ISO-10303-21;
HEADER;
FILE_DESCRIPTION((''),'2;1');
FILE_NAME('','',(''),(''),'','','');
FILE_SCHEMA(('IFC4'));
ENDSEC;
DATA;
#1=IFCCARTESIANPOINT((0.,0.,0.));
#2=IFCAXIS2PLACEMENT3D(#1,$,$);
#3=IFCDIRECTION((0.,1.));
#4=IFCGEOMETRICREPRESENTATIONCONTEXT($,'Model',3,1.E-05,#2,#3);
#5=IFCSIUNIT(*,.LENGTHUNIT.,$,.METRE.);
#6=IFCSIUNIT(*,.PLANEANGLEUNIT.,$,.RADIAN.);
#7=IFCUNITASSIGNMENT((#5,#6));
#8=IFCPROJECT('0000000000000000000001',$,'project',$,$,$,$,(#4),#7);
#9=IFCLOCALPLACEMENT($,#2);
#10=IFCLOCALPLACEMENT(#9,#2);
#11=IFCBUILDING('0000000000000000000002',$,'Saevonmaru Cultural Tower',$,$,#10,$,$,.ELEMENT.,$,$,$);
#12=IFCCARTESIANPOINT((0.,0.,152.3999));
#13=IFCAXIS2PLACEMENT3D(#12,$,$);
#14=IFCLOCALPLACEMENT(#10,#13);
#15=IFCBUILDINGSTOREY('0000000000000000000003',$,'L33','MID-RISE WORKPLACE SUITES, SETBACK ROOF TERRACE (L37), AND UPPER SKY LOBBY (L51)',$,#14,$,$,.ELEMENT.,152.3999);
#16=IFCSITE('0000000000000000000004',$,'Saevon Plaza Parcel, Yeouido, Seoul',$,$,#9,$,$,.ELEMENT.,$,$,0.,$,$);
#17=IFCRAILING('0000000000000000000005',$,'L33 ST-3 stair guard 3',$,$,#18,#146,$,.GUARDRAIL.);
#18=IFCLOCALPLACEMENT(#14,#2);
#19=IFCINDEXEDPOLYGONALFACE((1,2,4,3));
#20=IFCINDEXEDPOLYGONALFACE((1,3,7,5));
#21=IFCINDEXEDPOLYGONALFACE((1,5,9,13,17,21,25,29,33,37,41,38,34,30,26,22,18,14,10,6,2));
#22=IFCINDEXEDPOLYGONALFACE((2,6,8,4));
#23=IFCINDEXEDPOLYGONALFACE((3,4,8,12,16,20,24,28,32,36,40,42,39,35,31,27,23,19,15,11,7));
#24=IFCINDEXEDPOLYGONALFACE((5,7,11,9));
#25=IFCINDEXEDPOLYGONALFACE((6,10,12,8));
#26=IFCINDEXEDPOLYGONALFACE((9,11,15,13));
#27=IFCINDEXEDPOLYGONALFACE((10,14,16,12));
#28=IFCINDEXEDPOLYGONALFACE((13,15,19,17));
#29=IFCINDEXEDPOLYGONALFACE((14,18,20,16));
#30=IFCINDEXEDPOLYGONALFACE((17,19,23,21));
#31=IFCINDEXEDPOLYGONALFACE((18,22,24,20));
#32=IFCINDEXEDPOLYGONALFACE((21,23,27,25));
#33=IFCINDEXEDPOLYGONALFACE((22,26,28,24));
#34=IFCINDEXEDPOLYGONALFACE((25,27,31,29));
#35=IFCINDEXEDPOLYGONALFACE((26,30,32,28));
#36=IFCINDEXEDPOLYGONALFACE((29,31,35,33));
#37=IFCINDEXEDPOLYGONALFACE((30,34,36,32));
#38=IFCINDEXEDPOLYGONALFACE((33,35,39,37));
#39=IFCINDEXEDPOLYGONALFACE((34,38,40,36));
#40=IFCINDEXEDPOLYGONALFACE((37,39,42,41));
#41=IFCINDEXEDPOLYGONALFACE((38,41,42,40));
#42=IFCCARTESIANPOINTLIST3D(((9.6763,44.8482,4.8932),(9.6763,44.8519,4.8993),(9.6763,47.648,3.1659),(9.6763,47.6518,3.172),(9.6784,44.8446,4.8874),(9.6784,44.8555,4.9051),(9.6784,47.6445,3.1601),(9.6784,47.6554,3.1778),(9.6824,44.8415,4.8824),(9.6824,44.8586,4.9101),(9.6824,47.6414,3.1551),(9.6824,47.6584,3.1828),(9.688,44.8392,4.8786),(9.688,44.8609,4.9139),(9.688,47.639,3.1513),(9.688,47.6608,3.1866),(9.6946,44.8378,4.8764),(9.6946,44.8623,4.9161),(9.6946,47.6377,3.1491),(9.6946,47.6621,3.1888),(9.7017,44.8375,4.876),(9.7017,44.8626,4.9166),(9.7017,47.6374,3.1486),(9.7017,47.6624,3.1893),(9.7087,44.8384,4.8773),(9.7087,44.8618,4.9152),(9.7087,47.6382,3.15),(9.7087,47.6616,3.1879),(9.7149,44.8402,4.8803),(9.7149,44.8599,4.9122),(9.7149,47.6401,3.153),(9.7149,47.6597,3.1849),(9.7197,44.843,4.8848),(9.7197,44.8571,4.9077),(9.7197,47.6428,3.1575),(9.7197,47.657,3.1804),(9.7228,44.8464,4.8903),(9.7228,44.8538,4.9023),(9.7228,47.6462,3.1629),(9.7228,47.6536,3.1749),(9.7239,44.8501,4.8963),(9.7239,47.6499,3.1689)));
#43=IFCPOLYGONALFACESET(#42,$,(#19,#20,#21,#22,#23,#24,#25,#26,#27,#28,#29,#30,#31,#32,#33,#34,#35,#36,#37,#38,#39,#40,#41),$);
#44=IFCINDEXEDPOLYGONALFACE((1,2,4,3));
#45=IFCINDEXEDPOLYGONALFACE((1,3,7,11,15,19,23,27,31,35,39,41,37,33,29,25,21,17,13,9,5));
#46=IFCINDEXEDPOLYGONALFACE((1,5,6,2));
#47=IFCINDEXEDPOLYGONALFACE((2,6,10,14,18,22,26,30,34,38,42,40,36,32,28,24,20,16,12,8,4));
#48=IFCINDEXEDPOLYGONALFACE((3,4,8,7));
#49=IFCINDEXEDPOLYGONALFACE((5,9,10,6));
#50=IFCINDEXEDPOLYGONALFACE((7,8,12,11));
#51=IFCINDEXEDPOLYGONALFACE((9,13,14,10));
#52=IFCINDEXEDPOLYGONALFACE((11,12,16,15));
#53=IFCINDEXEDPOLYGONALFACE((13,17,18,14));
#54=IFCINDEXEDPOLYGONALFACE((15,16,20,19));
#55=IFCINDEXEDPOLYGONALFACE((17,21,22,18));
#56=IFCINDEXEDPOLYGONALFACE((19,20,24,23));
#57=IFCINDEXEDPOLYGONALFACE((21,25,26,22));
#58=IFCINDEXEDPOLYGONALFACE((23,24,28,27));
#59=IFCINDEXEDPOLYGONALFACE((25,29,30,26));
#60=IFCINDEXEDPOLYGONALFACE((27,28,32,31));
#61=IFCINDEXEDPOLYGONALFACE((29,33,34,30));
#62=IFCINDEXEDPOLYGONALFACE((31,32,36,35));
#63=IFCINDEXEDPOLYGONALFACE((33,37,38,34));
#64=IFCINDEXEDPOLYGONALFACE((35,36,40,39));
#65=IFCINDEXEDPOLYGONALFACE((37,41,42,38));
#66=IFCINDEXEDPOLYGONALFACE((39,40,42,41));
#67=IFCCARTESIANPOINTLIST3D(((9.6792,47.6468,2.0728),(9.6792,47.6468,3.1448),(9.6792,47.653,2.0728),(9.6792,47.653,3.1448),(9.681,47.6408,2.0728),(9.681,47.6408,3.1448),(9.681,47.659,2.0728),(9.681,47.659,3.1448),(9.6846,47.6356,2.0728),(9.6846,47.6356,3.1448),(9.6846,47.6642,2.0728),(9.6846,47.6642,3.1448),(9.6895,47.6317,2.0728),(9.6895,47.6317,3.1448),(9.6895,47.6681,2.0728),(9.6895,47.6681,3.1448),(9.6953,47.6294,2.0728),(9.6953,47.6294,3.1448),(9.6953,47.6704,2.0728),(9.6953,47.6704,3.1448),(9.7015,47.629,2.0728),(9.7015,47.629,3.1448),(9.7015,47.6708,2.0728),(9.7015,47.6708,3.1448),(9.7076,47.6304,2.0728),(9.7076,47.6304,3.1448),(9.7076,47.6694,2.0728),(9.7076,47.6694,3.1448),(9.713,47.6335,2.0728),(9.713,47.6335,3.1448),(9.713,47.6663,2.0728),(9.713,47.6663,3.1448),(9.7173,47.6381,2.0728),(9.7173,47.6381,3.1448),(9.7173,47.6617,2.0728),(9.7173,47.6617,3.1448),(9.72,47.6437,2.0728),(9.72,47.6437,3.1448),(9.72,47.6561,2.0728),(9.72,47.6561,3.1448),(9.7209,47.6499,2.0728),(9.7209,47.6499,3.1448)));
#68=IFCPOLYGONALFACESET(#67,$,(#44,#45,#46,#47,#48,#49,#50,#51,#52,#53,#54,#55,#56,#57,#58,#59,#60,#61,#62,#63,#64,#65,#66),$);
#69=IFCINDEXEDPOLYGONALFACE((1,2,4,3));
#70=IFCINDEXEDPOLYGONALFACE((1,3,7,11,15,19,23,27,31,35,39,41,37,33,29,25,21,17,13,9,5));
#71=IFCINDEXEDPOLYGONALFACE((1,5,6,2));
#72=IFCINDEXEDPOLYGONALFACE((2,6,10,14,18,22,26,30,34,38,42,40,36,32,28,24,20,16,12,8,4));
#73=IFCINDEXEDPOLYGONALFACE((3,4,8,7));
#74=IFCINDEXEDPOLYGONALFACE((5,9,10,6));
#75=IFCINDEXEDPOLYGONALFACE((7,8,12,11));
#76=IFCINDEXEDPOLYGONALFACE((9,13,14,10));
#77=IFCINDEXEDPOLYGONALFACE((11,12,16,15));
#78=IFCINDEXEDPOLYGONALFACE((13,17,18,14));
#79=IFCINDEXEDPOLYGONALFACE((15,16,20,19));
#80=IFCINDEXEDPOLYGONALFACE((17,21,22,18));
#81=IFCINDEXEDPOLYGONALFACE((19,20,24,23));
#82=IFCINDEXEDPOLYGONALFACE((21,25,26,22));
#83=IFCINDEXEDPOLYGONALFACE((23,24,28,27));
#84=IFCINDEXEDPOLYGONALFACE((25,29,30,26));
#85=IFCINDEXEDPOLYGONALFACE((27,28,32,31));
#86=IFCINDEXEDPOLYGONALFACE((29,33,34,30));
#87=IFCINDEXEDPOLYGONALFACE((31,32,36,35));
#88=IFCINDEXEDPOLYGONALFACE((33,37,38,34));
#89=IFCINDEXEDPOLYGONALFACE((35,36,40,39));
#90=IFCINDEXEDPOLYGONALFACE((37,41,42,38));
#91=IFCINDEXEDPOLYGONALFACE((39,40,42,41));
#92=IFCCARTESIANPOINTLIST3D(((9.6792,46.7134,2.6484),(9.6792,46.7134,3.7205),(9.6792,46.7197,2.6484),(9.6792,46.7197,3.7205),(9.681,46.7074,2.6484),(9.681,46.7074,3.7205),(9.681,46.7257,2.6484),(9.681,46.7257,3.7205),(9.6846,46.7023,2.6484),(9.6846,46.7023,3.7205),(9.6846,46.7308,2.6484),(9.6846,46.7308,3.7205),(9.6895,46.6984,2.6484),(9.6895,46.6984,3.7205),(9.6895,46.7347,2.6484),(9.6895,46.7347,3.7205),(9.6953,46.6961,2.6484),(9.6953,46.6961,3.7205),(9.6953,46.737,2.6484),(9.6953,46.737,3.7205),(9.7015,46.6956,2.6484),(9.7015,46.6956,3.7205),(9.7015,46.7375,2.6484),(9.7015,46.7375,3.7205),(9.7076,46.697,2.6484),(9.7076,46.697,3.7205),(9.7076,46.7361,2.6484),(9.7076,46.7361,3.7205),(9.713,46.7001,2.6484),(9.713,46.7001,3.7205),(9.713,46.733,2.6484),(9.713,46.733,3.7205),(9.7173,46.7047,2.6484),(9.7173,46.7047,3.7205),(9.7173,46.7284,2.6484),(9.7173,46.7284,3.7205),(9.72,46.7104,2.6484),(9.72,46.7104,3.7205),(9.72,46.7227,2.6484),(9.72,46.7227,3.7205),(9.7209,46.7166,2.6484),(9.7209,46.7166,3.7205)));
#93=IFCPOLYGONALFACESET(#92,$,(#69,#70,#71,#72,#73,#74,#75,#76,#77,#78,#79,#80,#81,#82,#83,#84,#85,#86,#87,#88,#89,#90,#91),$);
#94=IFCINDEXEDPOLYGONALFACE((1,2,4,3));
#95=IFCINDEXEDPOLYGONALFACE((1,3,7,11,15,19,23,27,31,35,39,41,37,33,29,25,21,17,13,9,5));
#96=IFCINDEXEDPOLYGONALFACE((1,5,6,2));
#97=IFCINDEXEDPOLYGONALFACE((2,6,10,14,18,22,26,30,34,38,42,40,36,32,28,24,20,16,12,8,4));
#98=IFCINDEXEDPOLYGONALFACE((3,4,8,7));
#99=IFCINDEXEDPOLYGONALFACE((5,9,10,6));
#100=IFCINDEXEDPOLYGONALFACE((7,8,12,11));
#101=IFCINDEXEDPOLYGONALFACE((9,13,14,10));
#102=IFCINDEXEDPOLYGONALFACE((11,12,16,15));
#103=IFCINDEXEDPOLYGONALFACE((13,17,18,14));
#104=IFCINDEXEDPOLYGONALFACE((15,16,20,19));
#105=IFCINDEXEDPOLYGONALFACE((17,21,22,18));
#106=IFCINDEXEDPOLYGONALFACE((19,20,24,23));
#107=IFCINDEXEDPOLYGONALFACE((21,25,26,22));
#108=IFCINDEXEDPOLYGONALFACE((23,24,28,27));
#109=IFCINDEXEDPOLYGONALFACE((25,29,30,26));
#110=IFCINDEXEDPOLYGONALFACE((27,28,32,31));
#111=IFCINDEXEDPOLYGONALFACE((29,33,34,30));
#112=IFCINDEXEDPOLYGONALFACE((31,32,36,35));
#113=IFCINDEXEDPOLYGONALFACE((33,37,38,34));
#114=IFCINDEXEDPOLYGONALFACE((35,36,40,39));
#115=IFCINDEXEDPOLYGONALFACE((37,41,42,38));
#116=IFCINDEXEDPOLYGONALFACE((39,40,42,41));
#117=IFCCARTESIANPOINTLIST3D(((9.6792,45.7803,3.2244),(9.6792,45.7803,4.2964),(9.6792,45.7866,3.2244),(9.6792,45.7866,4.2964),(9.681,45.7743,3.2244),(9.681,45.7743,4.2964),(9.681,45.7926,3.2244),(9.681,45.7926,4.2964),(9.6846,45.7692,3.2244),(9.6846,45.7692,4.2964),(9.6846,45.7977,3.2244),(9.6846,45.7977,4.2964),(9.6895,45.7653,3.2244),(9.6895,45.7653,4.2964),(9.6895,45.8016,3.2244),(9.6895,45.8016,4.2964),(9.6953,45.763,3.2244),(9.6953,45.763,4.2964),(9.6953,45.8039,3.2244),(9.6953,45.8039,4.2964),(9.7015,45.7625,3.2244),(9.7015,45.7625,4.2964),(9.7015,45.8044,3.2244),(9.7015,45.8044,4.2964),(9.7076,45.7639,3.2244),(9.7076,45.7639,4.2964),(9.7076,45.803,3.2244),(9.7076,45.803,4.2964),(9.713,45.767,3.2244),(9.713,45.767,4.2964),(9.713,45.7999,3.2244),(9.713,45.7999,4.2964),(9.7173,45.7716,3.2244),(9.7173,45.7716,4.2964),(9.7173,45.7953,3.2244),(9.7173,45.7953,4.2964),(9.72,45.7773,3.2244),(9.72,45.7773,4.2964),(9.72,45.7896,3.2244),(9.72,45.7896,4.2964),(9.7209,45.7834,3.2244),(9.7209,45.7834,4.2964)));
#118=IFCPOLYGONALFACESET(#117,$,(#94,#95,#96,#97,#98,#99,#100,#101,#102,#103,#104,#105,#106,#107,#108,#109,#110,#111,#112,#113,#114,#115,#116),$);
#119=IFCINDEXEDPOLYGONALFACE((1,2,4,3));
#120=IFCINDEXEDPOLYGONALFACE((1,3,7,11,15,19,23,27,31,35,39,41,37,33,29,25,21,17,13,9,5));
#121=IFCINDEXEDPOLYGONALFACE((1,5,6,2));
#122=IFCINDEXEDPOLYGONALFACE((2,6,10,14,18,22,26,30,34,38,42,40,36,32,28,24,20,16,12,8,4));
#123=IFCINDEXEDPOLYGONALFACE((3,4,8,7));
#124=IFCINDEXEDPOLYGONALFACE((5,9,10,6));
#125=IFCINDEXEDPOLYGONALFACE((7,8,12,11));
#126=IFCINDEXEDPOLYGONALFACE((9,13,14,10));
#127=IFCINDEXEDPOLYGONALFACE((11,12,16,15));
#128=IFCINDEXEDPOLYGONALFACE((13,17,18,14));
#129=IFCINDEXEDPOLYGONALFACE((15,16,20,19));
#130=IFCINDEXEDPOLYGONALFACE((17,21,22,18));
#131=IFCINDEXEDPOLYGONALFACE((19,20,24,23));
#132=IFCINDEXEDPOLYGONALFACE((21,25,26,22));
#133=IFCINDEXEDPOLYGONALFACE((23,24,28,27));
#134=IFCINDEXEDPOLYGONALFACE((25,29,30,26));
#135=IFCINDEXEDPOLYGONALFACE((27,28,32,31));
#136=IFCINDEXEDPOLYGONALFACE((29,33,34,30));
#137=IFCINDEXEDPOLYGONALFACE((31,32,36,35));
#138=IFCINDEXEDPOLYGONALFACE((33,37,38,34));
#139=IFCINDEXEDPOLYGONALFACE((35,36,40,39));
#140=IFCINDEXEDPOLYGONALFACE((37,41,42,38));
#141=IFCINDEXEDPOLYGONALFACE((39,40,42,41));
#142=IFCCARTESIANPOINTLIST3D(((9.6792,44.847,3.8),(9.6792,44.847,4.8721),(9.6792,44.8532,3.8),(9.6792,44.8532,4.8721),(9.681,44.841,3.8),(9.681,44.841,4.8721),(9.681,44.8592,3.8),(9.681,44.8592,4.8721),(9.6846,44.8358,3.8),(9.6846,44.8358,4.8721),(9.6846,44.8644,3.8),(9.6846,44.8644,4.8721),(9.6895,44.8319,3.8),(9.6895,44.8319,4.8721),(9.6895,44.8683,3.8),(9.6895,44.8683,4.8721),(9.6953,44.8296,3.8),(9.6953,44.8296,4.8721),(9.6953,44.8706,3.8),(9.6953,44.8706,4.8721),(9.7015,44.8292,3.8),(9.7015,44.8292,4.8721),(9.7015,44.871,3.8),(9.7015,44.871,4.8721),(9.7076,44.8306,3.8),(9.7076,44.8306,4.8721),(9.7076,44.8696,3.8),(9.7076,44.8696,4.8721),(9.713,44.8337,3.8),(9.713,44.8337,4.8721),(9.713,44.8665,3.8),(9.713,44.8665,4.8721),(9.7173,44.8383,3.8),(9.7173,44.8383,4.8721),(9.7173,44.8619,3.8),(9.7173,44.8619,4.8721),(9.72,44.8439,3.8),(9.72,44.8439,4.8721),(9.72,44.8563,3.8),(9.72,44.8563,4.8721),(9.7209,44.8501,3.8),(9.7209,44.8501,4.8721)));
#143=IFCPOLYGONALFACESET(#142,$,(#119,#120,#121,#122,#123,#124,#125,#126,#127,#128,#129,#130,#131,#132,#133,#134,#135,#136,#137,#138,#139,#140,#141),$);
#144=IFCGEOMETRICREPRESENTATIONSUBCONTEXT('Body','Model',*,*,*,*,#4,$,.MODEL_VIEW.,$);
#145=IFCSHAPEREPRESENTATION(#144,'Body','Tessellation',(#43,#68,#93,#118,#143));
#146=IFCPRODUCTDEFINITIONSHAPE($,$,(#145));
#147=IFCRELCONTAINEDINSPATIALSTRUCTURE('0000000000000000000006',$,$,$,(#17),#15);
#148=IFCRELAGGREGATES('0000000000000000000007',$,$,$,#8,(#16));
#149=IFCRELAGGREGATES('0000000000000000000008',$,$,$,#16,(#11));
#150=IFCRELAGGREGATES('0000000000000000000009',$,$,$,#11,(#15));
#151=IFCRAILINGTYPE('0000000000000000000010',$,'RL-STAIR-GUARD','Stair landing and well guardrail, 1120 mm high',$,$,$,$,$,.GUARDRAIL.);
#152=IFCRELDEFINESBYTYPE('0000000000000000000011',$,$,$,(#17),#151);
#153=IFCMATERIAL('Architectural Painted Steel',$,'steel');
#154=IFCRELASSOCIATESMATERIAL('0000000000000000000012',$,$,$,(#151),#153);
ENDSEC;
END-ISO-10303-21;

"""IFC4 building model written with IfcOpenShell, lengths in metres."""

from ifc_helpers import new_model, si_unit, direction, frame, origin, origin_2d, place, context, subcontext, project, spatial, circle, extrude, material, type_object, element, save


model = new_model("IFC4")

# Units and contexts
model_context = context("Model", 3, precision=1e-05, world=origin(), true_north=direction((0.0, 1.0)))
body_context = subcontext(model_context, "Body", "Model", "MODEL_VIEW")
ifc_project = project(units=[si_unit("LENGTHUNIT", "METRE"), si_unit("PLANEANGLEUNIT", "RADIAN")], contexts=[model_context])

# Site, building, storey
site_placement = place(None, origin())
site = spatial("IfcSite", under=ifc_project, at=site_placement, Name="Saevon Plaza Parcel, Yeouido, Seoul", CompositionType="ELEMENT", RefElevation=0.0)
building_placement = place(site_placement, origin())
building = spatial("IfcBuilding", under=site, at=building_placement, Name="Saevonmaru Cultural Tower", CompositionType="ELEMENT")
storey_placement = place(building_placement, frame((0.0, 0.0, 152.3999)))
storey = spatial("IfcBuildingStorey", under=building, at=storey_placement, Name="L33", Description="MID-RISE WORKPLACE SUITES, SETBACK ROOF TERRACE (L37), AND UPPER SKY LOBBY (L51)", CompositionType="ELEMENT", Elevation=152.3999)

# Railing
ifc_material_1 = material(Name="Architectural Painted Steel", Category="steel")
railing_type_1 = type_object("IfcRailingType", Name="RL-STAIR-GUARD", Description="Stair landing and well guardrail, 1120 mm high", PredefinedType="GUARDRAIL", material=ifc_material_1)
railing_1_placement = place(storey_placement, frame((9.7, 47.6499, 2.0728)))
element("IfcRailing", 1, at=railing_1_placement, inside=storey, type_object=railing_type_1, Name="L33 ST-3 stair guard 3", PredefinedType="GUARDRAIL", context=body_context, shape_type="SweptSolid", body=[
    extrude(circle(Radius=0.0239, at=origin_2d()), frame((0.0, 0.0, 1.0962), z_axis=(0.0, -0.851069, 0.525054), x_axis=(1.0, 0.0, 0.0)), (0.0, 0.0, 1.0), 3.2898),
    extrude(circle(Radius=0.021, at=origin_2d()), origin(), (0.0, 0.0, 1.0), 1.072),
    extrude(circle(Radius=0.021, at=origin_2d()), frame((0.0, -0.9333, 0.5757)), (0.0, 0.0, 1.0), 1.072),
    extrude(circle(Radius=0.021, at=origin_2d()), frame((0.0, -1.8665, 1.1516)), (0.0, 0.0, 1.0), 1.072),
    extrude(circle(Radius=0.021, at=origin_2d()), frame((0.0, -2.7998, 1.7273)), (0.0, 0.0, 1.0), 1.072),
])

save(model, "model.ifc")
